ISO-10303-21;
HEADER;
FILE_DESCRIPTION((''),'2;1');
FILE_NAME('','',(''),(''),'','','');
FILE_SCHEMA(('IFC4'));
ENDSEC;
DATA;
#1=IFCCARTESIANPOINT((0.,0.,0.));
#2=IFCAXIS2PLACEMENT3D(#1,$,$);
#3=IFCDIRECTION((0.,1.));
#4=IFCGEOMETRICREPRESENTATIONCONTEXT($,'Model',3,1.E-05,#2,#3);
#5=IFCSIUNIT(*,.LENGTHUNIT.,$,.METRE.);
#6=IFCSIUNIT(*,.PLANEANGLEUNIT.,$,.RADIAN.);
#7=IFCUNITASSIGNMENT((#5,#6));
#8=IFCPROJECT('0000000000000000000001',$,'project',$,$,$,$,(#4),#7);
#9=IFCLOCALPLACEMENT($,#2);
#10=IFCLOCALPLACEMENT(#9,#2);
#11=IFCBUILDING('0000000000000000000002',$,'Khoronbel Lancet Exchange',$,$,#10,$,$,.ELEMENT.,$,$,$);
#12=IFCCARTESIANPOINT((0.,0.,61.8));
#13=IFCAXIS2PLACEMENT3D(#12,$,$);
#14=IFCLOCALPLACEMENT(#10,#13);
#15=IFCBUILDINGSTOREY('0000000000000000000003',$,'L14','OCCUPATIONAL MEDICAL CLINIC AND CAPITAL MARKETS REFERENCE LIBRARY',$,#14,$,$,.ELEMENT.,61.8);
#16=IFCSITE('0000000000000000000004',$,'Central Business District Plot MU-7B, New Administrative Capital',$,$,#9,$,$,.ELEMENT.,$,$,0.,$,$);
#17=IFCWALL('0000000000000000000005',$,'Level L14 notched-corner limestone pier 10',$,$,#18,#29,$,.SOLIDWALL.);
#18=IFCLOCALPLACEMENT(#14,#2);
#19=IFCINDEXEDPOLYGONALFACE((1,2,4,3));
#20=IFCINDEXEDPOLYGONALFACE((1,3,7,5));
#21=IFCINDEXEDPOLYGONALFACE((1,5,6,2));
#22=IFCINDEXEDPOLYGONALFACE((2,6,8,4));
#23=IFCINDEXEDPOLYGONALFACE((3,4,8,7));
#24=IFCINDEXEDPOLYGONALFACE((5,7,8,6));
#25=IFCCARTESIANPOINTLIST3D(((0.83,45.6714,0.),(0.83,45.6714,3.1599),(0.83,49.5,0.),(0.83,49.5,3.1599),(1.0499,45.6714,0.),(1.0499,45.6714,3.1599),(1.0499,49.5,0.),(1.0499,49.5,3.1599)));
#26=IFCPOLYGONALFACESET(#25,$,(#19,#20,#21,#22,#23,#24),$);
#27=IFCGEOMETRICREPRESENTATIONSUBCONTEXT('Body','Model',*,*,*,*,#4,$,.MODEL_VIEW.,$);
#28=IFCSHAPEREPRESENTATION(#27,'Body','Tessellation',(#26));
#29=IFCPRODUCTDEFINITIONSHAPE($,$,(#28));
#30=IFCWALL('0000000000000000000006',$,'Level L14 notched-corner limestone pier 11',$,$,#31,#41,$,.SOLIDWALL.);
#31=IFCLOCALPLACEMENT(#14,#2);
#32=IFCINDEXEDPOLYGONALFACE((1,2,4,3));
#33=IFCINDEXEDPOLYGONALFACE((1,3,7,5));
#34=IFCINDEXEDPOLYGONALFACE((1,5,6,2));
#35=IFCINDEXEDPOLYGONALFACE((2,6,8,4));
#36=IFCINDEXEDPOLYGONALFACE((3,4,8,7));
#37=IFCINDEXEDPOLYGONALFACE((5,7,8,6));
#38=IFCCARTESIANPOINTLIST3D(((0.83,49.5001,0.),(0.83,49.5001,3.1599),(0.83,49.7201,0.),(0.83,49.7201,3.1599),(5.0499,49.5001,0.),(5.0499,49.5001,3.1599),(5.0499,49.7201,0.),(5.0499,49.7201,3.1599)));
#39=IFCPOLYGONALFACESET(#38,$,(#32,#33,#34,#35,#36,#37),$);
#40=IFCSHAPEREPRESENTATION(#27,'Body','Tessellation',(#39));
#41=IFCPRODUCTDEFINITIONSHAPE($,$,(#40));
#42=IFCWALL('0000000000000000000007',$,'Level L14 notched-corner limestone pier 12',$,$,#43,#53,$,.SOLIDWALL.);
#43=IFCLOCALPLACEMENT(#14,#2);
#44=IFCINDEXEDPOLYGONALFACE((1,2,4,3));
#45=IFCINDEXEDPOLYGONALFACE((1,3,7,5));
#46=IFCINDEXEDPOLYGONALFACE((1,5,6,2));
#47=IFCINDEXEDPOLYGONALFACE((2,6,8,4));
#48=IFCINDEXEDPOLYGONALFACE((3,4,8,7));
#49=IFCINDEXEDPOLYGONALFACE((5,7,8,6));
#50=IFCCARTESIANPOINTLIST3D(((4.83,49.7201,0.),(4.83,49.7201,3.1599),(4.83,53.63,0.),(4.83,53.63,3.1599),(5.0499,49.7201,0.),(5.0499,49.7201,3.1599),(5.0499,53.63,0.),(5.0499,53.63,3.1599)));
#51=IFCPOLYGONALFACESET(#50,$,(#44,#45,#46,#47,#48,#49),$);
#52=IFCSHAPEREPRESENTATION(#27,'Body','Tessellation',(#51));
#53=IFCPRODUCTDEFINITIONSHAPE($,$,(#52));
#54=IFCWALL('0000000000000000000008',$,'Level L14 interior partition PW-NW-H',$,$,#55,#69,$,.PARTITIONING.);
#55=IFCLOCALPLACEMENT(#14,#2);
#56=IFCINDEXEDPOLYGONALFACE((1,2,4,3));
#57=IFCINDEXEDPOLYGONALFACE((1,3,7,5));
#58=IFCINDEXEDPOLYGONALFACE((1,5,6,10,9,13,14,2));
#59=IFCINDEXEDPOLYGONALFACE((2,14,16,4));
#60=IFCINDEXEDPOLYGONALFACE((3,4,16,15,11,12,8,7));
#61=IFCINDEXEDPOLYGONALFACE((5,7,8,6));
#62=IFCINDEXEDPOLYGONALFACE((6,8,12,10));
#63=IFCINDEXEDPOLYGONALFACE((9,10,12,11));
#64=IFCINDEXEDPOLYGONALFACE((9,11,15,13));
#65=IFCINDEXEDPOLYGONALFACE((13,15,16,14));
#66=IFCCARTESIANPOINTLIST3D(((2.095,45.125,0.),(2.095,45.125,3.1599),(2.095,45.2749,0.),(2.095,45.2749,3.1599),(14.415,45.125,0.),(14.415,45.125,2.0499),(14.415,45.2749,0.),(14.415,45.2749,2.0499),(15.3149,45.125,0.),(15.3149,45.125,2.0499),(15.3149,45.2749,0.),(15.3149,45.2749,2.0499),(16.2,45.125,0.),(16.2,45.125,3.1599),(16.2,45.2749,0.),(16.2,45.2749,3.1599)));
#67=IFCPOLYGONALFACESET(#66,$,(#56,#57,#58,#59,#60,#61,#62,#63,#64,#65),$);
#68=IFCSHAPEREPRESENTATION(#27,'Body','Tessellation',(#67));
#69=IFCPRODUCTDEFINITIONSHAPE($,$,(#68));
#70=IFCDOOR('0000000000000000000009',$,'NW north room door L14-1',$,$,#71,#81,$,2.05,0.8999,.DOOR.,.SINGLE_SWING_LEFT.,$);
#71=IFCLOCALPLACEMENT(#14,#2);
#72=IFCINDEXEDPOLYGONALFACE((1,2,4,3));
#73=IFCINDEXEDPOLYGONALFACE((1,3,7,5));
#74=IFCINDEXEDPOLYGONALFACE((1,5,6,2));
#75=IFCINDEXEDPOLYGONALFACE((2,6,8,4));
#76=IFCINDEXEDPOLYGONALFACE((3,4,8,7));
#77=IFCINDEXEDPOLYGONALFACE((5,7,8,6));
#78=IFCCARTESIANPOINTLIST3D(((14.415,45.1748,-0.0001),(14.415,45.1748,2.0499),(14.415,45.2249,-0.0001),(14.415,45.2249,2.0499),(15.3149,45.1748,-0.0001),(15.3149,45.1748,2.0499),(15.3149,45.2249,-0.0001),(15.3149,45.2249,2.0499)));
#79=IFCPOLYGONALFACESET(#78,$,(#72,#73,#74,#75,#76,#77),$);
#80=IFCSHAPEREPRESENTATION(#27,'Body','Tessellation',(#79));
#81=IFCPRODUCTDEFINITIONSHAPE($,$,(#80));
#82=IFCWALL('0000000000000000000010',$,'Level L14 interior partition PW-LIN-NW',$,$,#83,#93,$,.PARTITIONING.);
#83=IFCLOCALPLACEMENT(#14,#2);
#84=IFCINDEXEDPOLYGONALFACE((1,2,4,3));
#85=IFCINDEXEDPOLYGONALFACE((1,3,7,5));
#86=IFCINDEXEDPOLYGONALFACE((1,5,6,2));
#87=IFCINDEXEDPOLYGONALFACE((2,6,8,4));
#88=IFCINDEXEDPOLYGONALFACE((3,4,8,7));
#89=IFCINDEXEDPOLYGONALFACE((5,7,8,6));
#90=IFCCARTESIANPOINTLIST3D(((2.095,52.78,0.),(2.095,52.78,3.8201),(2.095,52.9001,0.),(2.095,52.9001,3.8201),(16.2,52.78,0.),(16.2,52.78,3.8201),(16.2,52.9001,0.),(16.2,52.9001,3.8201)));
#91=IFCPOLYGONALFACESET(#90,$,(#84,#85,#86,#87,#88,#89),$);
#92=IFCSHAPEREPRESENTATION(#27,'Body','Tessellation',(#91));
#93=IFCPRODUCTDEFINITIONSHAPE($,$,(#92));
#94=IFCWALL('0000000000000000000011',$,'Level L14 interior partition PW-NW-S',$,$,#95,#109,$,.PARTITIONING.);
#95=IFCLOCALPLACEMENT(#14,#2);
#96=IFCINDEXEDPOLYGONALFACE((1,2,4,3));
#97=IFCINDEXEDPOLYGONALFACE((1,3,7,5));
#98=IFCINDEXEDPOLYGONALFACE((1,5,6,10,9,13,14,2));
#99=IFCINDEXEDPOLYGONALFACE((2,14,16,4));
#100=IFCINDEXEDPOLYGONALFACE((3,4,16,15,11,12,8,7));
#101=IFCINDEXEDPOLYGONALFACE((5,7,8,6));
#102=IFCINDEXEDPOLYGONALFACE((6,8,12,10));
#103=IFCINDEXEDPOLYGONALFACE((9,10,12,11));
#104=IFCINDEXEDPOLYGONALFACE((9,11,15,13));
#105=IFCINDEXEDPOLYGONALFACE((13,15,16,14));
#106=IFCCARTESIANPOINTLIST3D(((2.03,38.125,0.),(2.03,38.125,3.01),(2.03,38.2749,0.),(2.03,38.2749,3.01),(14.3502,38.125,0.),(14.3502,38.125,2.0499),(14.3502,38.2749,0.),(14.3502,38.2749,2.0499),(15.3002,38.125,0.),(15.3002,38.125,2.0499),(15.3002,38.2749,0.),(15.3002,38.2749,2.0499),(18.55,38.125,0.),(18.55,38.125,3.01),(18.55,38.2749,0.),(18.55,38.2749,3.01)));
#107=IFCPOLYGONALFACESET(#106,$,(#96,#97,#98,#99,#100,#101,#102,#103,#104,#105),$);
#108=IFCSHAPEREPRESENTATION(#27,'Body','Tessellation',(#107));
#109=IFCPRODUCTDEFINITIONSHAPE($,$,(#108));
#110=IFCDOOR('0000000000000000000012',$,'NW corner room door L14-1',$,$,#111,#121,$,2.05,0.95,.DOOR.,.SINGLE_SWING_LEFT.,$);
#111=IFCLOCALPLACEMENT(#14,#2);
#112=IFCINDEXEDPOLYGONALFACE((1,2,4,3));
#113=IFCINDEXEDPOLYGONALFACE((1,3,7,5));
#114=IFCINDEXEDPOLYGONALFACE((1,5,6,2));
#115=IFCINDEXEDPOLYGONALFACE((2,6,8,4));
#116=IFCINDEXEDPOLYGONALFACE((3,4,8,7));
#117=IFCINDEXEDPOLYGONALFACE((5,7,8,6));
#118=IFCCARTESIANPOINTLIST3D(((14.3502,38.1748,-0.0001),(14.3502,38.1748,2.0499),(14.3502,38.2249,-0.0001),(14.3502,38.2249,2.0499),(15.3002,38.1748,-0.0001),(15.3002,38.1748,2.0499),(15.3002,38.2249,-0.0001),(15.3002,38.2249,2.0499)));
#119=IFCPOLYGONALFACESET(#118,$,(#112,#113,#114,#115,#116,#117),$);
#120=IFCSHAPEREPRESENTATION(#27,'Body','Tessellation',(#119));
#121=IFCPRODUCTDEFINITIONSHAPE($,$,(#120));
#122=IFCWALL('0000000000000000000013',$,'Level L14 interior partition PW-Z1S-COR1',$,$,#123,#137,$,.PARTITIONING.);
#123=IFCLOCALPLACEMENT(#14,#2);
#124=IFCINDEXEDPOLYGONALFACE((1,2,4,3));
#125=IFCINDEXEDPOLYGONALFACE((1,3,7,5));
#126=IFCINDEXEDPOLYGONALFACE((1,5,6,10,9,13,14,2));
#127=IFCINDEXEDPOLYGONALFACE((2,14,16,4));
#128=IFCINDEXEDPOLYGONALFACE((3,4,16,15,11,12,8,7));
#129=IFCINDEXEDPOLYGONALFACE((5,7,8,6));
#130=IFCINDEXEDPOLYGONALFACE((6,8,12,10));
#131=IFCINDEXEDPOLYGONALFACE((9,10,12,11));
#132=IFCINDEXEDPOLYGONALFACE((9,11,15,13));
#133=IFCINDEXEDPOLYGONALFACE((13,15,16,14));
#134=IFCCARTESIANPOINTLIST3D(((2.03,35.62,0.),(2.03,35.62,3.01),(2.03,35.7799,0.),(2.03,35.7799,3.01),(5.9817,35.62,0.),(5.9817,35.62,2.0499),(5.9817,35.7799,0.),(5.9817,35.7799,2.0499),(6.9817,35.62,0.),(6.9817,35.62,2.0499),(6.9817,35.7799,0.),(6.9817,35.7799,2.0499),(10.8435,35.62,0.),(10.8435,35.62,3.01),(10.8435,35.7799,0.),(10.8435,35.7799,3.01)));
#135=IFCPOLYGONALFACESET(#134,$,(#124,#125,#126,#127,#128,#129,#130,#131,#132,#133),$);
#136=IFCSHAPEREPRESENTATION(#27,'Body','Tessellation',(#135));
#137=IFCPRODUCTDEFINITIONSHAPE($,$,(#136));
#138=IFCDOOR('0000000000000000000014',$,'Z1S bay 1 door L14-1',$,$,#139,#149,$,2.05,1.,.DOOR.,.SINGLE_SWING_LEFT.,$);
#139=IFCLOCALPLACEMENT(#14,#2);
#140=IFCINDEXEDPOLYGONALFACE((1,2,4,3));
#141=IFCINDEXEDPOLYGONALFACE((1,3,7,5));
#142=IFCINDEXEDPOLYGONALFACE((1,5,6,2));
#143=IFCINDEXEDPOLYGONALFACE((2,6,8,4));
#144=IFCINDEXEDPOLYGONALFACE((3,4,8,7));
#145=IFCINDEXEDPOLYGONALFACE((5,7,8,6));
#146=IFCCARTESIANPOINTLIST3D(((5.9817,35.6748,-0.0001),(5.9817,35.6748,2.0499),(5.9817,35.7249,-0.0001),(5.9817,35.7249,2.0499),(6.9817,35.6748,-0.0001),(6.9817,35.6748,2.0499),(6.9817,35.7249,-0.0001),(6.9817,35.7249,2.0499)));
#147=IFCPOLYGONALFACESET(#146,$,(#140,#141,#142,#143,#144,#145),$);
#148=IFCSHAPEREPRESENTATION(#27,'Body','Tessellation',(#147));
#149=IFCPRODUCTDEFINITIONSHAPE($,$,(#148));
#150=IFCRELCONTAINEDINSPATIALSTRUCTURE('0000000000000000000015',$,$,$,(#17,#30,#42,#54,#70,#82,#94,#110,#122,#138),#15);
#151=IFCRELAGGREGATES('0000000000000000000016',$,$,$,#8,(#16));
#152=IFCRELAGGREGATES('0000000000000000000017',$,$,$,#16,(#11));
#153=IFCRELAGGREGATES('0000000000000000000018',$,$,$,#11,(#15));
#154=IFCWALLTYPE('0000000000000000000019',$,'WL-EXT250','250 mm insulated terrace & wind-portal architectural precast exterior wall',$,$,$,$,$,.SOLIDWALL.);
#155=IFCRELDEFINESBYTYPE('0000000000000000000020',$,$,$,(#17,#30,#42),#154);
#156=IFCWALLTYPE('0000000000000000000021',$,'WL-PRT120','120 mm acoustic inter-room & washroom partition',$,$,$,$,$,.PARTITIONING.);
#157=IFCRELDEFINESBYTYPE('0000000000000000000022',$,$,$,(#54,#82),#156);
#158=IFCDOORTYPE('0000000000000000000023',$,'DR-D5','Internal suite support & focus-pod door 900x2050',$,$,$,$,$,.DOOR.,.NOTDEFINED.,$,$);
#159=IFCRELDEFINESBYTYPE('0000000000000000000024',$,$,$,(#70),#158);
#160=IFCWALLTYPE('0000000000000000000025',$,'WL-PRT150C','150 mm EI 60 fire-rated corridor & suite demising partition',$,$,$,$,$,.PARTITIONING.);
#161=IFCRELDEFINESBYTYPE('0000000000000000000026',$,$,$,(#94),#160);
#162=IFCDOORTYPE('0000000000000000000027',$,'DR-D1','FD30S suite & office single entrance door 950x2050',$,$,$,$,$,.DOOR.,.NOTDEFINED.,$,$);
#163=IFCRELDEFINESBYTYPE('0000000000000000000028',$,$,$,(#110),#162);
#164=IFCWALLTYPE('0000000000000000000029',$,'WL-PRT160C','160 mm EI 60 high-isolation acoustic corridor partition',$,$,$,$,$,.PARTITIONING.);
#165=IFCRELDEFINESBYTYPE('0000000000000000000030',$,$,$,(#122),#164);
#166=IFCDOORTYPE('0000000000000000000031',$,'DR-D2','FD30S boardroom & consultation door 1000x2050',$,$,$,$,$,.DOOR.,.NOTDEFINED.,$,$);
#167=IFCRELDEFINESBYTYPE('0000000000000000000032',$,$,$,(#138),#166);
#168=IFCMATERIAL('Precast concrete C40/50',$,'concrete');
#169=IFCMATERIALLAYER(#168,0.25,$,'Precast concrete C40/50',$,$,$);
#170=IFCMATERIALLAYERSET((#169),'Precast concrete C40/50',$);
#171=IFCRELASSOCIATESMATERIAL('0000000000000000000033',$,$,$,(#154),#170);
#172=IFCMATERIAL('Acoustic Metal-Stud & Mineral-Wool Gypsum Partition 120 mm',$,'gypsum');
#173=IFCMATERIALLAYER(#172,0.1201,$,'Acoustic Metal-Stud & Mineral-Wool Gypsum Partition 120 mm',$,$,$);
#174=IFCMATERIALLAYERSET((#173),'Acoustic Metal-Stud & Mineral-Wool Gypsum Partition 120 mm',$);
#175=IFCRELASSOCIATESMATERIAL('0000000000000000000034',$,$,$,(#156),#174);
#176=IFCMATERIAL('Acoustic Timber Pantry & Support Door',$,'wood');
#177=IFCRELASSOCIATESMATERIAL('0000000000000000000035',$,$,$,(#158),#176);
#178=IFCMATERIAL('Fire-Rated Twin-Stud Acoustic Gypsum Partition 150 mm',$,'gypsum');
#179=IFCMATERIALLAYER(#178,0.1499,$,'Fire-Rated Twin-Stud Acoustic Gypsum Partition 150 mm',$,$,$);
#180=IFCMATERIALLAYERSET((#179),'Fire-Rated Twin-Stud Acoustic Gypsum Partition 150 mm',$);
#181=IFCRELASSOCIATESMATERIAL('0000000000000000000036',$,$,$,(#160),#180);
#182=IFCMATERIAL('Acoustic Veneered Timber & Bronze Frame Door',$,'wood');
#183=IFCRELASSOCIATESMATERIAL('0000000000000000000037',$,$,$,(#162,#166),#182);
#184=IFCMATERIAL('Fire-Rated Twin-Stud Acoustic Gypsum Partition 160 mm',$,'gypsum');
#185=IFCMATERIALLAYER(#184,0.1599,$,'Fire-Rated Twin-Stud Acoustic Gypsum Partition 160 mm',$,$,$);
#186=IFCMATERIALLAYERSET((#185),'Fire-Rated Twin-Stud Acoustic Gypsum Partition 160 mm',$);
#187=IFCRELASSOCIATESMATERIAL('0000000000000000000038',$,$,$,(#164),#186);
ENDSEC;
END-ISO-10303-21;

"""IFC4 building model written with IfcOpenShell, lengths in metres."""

from ifc_helpers import new_model, si_unit, direction, frame, frame_2d, origin, place, context, subcontext, project, spatial, rectangle, extrude, material, layer, layer_set, type_object, element, fill, save


model = new_model("IFC4")

# Units and contexts
model_context = context("Model", 3, precision=1e-05, world=origin(), true_north=direction((0.0, 1.0)))
body_context = subcontext(model_context, "Body", "Model", "MODEL_VIEW")
ifc_project = project(units=[si_unit("LENGTHUNIT", "METRE"), si_unit("PLANEANGLEUNIT", "RADIAN")], contexts=[model_context])

# Site, building, storey
site_placement = place(None, origin())
site = spatial("IfcSite", under=ifc_project, at=site_placement, Name="Central Business District Plot MU-7B, New Administrative Capital", CompositionType="ELEMENT", RefElevation=0.0)
building_placement = place(site_placement, origin())
building = spatial("IfcBuilding", under=site, at=building_placement, Name="Khoronbel Lancet Exchange", CompositionType="ELEMENT")
storey_placement = place(building_placement, frame((0.0, 0.0, 61.8)))
storey = spatial("IfcBuildingStorey", under=building, at=storey_placement, Name="L14", Description="OCCUPATIONAL MEDICAL CLINIC AND CAPITAL MARKETS REFERENCE LIBRARY", CompositionType="ELEMENT", Elevation=61.8)

# Walls
ifc_material_1 = material(Name="Precast concrete C40/50", Category="concrete")
ifc_layer_1 = layer(ifc_material_1, 0.25, Name="Precast concrete C40/50")
ifc_layer_set_1 = layer_set([ifc_layer_1], Name="Precast concrete C40/50")
wall_type_1 = type_object("IfcWallType", Name="WL-EXT250", Description="250 mm insulated terrace & wind-portal architectural precast exterior wall", PredefinedType="SOLIDWALL", material=ifc_layer_set_1)
wall_1_placement = place(storey_placement, frame((0.9399, 45.6714, 0.0), z_axis=(0.0, 0.0, 1.0), x_axis=(0.0, 1.0, 0.0)))
element("IfcWall", 1, at=wall_1_placement, inside=storey, type_object=wall_type_1, Name="Level L14 notched-corner limestone pier 10", PredefinedType="SOLIDWALL", context=body_context, shape_type="SweptSolid", body=[
    extrude(rectangle(XDim=3.8286, YDim=0.22, at=frame_2d((1.9143, 0.0))), origin(), (0.0, 0.0, 1.0), 3.1599),
])
wall_2_placement = place(storey_placement, frame((0.8301, 49.6101, 0.0), z_axis=(0.0, 0.0, 1.0), x_axis=(1.0, 0.0, 0.0)))
element("IfcWall", 2, at=wall_2_placement, inside=storey, type_object=wall_type_1, Name="Level L14 notched-corner limestone pier 11", PredefinedType="SOLIDWALL", context=body_context, shape_type="SweptSolid", body=[
    extrude(rectangle(XDim=4.22, YDim=0.22, at=frame_2d((2.1099, 0.0))), origin(), (0.0, 0.0, 1.0), 3.1599),
])
wall_3_placement = place(storey_placement, frame((4.9399, 49.72, 0.0), z_axis=(0.0, 0.0, 1.0), x_axis=(0.0, 1.0, 0.0)))
element("IfcWall", 3, at=wall_3_placement, inside=storey, type_object=wall_type_1, Name="Level L14 notched-corner limestone pier 12", PredefinedType="SOLIDWALL", context=body_context, shape_type="SweptSolid", body=[
    extrude(rectangle(XDim=3.9099, YDim=0.22, at=frame_2d((1.9551, 0.0))), origin(), (0.0, 0.0, 1.0), 3.1599),
])

# Wall, opening, door
ifc_material_2 = material(Name="Acoustic Metal-Stud & Mineral-Wool Gypsum Partition 120 mm", Category="gypsum")
ifc_layer_2 = layer(ifc_material_2, 0.1201, Name="Acoustic Metal-Stud & Mineral-Wool Gypsum Partition 120 mm")
ifc_layer_set_2 = layer_set([ifc_layer_2], Name="Acoustic Metal-Stud & Mineral-Wool Gypsum Partition 120 mm")
wall_type_2 = type_object("IfcWallType", Name="WL-PRT120", Description="120 mm acoustic inter-room & washroom partition", PredefinedType="PARTITIONING", material=ifc_layer_set_2)
wall_4_placement = place(storey_placement, frame((2.095, 45.2, 0.0), z_axis=(0.0, 0.0, 1.0), x_axis=(1.0, 0.0, 0.0)))
wall_4 = element("IfcWall", 4, at=wall_4_placement, inside=storey, type_object=wall_type_2, Name="Level L14 interior partition PW-NW-H", PredefinedType="PARTITIONING", context=body_context, shape_type="SweptSolid", body=[
    extrude(rectangle(XDim=14.105, YDim=0.1499, at=frame_2d((7.0525, 0.0))), origin(), (0.0, 0.0, 1.0), 3.1599),
])
opening_1_placement = place(wall_4_placement, frame((12.3201, 0.0, 0.0)))
opening_1 = element("IfcOpeningElement", 5, at=opening_1_placement, cuts=wall_4, PredefinedType="OPENING", context=body_context, shape_type="SweptSolid", body=[
    extrude(rectangle(XDim=0.8999, YDim=2.05, at=frame_2d((0.45, 1.0249))), frame((0.0, 0.085, 0.0), z_axis=(0.0, -1.0, 0.0), x_axis=(1.0, 0.0, 0.0)), (0.0, 0.0, 1.0), 0.1699),
])
ifc_material_3 = material(Name="Acoustic Timber Pantry & Support Door", Category="wood")
door_type_1 = type_object("IfcDoorType", Name="DR-D5", Description="Internal suite support & focus-pod door 900x2050", OperationType="NOTDEFINED", PredefinedType="DOOR", material=ifc_material_3)
door_1_placement = place(opening_1_placement, origin())
door_1 = element("IfcDoor", 6, at=door_1_placement, inside=storey, type_object=door_type_1, Name="NW north room door L14-1", OperationType="SINGLE_SWING_LEFT", OverallHeight=2.05, OverallWidth=0.8999, PredefinedType="DOOR", context=body_context, shape_type="SweptSolid", body=[
    extrude(rectangle(XDim=0.8999, YDim=2.05, at=frame_2d((0.45, 1.0249))), frame((0.0, 0.0249, 0.0), z_axis=(0.0, -1.0, 0.0), x_axis=(1.0, 0.0, 0.0)), (0.0, 0.0, 1.0), 0.05),
])
fill(opening_1, door_1)

# Wall
wall_5_placement = place(storey_placement, frame((2.095, 52.8401, 0.0), z_axis=(0.0, 0.0, 1.0), x_axis=(1.0, 0.0, 0.0)))
element("IfcWall", 7, at=wall_5_placement, inside=storey, type_object=wall_type_2, Name="Level L14 interior partition PW-LIN-NW", PredefinedType="PARTITIONING", context=body_context, shape_type="SweptSolid", body=[
    extrude(rectangle(XDim=14.105, YDim=0.1201, at=frame_2d((7.0525, 0.0))), origin(), (0.0, 0.0, 1.0), 3.8201),
])

# Walls, openings, doors
ifc_material_4 = material(Name="Fire-Rated Twin-Stud Acoustic Gypsum Partition 150 mm", Category="gypsum")
ifc_layer_3 = layer(ifc_material_4, 0.1499, Name="Fire-Rated Twin-Stud Acoustic Gypsum Partition 150 mm")
ifc_layer_set_3 = layer_set([ifc_layer_3], Name="Fire-Rated Twin-Stud Acoustic Gypsum Partition 150 mm")
wall_type_3 = type_object("IfcWallType", Name="WL-PRT150C", Description="150 mm EI 60 fire-rated corridor & suite demising partition", PredefinedType="PARTITIONING", material=ifc_layer_set_3)
wall_6_placement = place(storey_placement, frame((2.03, 38.2, 0.0), z_axis=(0.0, 0.0, 1.0), x_axis=(1.0, 0.0, 0.0)))
wall_6 = element("IfcWall", 8, at=wall_6_placement, inside=storey, type_object=wall_type_3, Name="Level L14 interior partition PW-NW-S", PredefinedType="PARTITIONING", context=body_context, shape_type="SweptSolid", body=[
    extrude(rectangle(XDim=16.52, YDim=0.1499, at=frame_2d((8.26, 0.0))), origin(), (0.0, 0.0, 1.0), 3.01),
])
opening_2_placement = place(wall_6_placement, frame((12.3201, 0.0, 0.0)))
opening_2 = element("IfcOpeningElement", 9, at=opening_2_placement, cuts=wall_6, PredefinedType="OPENING", context=body_context, shape_type="SweptSolid", body=[
    extrude(rectangle(XDim=0.95, YDim=2.05, at=frame_2d((0.4751, 1.0249))), frame((0.0, 0.085, 0.0), z_axis=(0.0, -1.0, 0.0), x_axis=(1.0, 0.0, 0.0)), (0.0, 0.0, 1.0), 0.1699),
])
ifc_material_5 = material(Name="Acoustic Veneered Timber & Bronze Frame Door", Category="wood")
door_type_2 = type_object("IfcDoorType", Name="DR-D1", Description="FD30S suite & office single entrance door 950x2050", OperationType="NOTDEFINED", PredefinedType="DOOR", material=ifc_material_5)
door_2_placement = place(opening_2_placement, origin())
door_2 = element("IfcDoor", 10, at=door_2_placement, inside=storey, type_object=door_type_2, Name="NW corner room door L14-1", OperationType="SINGLE_SWING_LEFT", OverallHeight=2.05, OverallWidth=0.95, PredefinedType="DOOR", context=body_context, shape_type="SweptSolid", body=[
    extrude(rectangle(XDim=0.95, YDim=2.05, at=frame_2d((0.4751, 1.0249))), frame((0.0, 0.0249, 0.0), z_axis=(0.0, -1.0, 0.0), x_axis=(1.0, 0.0, 0.0)), (0.0, 0.0, 1.0), 0.05),
])
fill(opening_2, door_2)
ifc_material_6 = material(Name="Fire-Rated Twin-Stud Acoustic Gypsum Partition 160 mm", Category="gypsum")
ifc_layer_4 = layer(ifc_material_6, 0.1599, Name="Fire-Rated Twin-Stud Acoustic Gypsum Partition 160 mm")
ifc_layer_set_4 = layer_set([ifc_layer_4], Name="Fire-Rated Twin-Stud Acoustic Gypsum Partition 160 mm")
wall_type_4 = type_object("IfcWallType", Name="WL-PRT160C", Description="160 mm EI 60 high-isolation acoustic corridor partition", PredefinedType="PARTITIONING", material=ifc_layer_set_4)
wall_7_placement = place(storey_placement, frame((2.03, 35.7, 0.0), z_axis=(0.0, 0.0, 1.0), x_axis=(1.0, 0.0, 0.0)))
wall_7 = element("IfcWall", 11, at=wall_7_placement, inside=storey, type_object=wall_type_4, Name="Level L14 interior partition PW-Z1S-COR1", PredefinedType="PARTITIONING", context=body_context, shape_type="SweptSolid", body=[
    extrude(rectangle(XDim=8.8135, YDim=0.1599, at=frame_2d((4.4067, 0.0))), origin(), (0.0, 0.0, 1.0), 3.01),
])
opening_3_placement = place(wall_7_placement, frame((3.9517, 0.0, 0.0)))
opening_3 = element("IfcOpeningElement", 12, at=opening_3_placement, cuts=wall_7, PredefinedType="OPENING", context=body_context, shape_type="SweptSolid", body=[
    extrude(rectangle(XDim=1.0, YDim=2.05, at=frame_2d((0.5, 1.0249))), frame((0.0, 0.0898, 0.0), z_axis=(0.0, -1.0, 0.0), x_axis=(1.0, 0.0, 0.0)), (0.0, 0.0, 1.0), 0.1799),
])
door_type_3 = type_object("IfcDoorType", Name="DR-D2", Description="FD30S boardroom & consultation door 1000x2050", OperationType="NOTDEFINED", PredefinedType="DOOR", material=ifc_material_5)
door_3_placement = place(opening_3_placement, origin())
door_3 = element("IfcDoor", 13, at=door_3_placement, inside=storey, type_object=door_type_3, Name="Z1S bay 1 door L14-1", OperationType="SINGLE_SWING_LEFT", OverallHeight=2.05, OverallWidth=1.0, PredefinedType="DOOR", context=body_context, shape_type="SweptSolid", body=[
    extrude(rectangle(XDim=1.0, YDim=2.05, at=frame_2d((0.5, 1.0249))), frame((0.0, 0.0249, 0.0), z_axis=(0.0, -1.0, 0.0), x_axis=(1.0, 0.0, 0.0)), (0.0, 0.0, 1.0), 0.05),
])
fill(opening_3, door_3)

save(model, "model.ifc")
